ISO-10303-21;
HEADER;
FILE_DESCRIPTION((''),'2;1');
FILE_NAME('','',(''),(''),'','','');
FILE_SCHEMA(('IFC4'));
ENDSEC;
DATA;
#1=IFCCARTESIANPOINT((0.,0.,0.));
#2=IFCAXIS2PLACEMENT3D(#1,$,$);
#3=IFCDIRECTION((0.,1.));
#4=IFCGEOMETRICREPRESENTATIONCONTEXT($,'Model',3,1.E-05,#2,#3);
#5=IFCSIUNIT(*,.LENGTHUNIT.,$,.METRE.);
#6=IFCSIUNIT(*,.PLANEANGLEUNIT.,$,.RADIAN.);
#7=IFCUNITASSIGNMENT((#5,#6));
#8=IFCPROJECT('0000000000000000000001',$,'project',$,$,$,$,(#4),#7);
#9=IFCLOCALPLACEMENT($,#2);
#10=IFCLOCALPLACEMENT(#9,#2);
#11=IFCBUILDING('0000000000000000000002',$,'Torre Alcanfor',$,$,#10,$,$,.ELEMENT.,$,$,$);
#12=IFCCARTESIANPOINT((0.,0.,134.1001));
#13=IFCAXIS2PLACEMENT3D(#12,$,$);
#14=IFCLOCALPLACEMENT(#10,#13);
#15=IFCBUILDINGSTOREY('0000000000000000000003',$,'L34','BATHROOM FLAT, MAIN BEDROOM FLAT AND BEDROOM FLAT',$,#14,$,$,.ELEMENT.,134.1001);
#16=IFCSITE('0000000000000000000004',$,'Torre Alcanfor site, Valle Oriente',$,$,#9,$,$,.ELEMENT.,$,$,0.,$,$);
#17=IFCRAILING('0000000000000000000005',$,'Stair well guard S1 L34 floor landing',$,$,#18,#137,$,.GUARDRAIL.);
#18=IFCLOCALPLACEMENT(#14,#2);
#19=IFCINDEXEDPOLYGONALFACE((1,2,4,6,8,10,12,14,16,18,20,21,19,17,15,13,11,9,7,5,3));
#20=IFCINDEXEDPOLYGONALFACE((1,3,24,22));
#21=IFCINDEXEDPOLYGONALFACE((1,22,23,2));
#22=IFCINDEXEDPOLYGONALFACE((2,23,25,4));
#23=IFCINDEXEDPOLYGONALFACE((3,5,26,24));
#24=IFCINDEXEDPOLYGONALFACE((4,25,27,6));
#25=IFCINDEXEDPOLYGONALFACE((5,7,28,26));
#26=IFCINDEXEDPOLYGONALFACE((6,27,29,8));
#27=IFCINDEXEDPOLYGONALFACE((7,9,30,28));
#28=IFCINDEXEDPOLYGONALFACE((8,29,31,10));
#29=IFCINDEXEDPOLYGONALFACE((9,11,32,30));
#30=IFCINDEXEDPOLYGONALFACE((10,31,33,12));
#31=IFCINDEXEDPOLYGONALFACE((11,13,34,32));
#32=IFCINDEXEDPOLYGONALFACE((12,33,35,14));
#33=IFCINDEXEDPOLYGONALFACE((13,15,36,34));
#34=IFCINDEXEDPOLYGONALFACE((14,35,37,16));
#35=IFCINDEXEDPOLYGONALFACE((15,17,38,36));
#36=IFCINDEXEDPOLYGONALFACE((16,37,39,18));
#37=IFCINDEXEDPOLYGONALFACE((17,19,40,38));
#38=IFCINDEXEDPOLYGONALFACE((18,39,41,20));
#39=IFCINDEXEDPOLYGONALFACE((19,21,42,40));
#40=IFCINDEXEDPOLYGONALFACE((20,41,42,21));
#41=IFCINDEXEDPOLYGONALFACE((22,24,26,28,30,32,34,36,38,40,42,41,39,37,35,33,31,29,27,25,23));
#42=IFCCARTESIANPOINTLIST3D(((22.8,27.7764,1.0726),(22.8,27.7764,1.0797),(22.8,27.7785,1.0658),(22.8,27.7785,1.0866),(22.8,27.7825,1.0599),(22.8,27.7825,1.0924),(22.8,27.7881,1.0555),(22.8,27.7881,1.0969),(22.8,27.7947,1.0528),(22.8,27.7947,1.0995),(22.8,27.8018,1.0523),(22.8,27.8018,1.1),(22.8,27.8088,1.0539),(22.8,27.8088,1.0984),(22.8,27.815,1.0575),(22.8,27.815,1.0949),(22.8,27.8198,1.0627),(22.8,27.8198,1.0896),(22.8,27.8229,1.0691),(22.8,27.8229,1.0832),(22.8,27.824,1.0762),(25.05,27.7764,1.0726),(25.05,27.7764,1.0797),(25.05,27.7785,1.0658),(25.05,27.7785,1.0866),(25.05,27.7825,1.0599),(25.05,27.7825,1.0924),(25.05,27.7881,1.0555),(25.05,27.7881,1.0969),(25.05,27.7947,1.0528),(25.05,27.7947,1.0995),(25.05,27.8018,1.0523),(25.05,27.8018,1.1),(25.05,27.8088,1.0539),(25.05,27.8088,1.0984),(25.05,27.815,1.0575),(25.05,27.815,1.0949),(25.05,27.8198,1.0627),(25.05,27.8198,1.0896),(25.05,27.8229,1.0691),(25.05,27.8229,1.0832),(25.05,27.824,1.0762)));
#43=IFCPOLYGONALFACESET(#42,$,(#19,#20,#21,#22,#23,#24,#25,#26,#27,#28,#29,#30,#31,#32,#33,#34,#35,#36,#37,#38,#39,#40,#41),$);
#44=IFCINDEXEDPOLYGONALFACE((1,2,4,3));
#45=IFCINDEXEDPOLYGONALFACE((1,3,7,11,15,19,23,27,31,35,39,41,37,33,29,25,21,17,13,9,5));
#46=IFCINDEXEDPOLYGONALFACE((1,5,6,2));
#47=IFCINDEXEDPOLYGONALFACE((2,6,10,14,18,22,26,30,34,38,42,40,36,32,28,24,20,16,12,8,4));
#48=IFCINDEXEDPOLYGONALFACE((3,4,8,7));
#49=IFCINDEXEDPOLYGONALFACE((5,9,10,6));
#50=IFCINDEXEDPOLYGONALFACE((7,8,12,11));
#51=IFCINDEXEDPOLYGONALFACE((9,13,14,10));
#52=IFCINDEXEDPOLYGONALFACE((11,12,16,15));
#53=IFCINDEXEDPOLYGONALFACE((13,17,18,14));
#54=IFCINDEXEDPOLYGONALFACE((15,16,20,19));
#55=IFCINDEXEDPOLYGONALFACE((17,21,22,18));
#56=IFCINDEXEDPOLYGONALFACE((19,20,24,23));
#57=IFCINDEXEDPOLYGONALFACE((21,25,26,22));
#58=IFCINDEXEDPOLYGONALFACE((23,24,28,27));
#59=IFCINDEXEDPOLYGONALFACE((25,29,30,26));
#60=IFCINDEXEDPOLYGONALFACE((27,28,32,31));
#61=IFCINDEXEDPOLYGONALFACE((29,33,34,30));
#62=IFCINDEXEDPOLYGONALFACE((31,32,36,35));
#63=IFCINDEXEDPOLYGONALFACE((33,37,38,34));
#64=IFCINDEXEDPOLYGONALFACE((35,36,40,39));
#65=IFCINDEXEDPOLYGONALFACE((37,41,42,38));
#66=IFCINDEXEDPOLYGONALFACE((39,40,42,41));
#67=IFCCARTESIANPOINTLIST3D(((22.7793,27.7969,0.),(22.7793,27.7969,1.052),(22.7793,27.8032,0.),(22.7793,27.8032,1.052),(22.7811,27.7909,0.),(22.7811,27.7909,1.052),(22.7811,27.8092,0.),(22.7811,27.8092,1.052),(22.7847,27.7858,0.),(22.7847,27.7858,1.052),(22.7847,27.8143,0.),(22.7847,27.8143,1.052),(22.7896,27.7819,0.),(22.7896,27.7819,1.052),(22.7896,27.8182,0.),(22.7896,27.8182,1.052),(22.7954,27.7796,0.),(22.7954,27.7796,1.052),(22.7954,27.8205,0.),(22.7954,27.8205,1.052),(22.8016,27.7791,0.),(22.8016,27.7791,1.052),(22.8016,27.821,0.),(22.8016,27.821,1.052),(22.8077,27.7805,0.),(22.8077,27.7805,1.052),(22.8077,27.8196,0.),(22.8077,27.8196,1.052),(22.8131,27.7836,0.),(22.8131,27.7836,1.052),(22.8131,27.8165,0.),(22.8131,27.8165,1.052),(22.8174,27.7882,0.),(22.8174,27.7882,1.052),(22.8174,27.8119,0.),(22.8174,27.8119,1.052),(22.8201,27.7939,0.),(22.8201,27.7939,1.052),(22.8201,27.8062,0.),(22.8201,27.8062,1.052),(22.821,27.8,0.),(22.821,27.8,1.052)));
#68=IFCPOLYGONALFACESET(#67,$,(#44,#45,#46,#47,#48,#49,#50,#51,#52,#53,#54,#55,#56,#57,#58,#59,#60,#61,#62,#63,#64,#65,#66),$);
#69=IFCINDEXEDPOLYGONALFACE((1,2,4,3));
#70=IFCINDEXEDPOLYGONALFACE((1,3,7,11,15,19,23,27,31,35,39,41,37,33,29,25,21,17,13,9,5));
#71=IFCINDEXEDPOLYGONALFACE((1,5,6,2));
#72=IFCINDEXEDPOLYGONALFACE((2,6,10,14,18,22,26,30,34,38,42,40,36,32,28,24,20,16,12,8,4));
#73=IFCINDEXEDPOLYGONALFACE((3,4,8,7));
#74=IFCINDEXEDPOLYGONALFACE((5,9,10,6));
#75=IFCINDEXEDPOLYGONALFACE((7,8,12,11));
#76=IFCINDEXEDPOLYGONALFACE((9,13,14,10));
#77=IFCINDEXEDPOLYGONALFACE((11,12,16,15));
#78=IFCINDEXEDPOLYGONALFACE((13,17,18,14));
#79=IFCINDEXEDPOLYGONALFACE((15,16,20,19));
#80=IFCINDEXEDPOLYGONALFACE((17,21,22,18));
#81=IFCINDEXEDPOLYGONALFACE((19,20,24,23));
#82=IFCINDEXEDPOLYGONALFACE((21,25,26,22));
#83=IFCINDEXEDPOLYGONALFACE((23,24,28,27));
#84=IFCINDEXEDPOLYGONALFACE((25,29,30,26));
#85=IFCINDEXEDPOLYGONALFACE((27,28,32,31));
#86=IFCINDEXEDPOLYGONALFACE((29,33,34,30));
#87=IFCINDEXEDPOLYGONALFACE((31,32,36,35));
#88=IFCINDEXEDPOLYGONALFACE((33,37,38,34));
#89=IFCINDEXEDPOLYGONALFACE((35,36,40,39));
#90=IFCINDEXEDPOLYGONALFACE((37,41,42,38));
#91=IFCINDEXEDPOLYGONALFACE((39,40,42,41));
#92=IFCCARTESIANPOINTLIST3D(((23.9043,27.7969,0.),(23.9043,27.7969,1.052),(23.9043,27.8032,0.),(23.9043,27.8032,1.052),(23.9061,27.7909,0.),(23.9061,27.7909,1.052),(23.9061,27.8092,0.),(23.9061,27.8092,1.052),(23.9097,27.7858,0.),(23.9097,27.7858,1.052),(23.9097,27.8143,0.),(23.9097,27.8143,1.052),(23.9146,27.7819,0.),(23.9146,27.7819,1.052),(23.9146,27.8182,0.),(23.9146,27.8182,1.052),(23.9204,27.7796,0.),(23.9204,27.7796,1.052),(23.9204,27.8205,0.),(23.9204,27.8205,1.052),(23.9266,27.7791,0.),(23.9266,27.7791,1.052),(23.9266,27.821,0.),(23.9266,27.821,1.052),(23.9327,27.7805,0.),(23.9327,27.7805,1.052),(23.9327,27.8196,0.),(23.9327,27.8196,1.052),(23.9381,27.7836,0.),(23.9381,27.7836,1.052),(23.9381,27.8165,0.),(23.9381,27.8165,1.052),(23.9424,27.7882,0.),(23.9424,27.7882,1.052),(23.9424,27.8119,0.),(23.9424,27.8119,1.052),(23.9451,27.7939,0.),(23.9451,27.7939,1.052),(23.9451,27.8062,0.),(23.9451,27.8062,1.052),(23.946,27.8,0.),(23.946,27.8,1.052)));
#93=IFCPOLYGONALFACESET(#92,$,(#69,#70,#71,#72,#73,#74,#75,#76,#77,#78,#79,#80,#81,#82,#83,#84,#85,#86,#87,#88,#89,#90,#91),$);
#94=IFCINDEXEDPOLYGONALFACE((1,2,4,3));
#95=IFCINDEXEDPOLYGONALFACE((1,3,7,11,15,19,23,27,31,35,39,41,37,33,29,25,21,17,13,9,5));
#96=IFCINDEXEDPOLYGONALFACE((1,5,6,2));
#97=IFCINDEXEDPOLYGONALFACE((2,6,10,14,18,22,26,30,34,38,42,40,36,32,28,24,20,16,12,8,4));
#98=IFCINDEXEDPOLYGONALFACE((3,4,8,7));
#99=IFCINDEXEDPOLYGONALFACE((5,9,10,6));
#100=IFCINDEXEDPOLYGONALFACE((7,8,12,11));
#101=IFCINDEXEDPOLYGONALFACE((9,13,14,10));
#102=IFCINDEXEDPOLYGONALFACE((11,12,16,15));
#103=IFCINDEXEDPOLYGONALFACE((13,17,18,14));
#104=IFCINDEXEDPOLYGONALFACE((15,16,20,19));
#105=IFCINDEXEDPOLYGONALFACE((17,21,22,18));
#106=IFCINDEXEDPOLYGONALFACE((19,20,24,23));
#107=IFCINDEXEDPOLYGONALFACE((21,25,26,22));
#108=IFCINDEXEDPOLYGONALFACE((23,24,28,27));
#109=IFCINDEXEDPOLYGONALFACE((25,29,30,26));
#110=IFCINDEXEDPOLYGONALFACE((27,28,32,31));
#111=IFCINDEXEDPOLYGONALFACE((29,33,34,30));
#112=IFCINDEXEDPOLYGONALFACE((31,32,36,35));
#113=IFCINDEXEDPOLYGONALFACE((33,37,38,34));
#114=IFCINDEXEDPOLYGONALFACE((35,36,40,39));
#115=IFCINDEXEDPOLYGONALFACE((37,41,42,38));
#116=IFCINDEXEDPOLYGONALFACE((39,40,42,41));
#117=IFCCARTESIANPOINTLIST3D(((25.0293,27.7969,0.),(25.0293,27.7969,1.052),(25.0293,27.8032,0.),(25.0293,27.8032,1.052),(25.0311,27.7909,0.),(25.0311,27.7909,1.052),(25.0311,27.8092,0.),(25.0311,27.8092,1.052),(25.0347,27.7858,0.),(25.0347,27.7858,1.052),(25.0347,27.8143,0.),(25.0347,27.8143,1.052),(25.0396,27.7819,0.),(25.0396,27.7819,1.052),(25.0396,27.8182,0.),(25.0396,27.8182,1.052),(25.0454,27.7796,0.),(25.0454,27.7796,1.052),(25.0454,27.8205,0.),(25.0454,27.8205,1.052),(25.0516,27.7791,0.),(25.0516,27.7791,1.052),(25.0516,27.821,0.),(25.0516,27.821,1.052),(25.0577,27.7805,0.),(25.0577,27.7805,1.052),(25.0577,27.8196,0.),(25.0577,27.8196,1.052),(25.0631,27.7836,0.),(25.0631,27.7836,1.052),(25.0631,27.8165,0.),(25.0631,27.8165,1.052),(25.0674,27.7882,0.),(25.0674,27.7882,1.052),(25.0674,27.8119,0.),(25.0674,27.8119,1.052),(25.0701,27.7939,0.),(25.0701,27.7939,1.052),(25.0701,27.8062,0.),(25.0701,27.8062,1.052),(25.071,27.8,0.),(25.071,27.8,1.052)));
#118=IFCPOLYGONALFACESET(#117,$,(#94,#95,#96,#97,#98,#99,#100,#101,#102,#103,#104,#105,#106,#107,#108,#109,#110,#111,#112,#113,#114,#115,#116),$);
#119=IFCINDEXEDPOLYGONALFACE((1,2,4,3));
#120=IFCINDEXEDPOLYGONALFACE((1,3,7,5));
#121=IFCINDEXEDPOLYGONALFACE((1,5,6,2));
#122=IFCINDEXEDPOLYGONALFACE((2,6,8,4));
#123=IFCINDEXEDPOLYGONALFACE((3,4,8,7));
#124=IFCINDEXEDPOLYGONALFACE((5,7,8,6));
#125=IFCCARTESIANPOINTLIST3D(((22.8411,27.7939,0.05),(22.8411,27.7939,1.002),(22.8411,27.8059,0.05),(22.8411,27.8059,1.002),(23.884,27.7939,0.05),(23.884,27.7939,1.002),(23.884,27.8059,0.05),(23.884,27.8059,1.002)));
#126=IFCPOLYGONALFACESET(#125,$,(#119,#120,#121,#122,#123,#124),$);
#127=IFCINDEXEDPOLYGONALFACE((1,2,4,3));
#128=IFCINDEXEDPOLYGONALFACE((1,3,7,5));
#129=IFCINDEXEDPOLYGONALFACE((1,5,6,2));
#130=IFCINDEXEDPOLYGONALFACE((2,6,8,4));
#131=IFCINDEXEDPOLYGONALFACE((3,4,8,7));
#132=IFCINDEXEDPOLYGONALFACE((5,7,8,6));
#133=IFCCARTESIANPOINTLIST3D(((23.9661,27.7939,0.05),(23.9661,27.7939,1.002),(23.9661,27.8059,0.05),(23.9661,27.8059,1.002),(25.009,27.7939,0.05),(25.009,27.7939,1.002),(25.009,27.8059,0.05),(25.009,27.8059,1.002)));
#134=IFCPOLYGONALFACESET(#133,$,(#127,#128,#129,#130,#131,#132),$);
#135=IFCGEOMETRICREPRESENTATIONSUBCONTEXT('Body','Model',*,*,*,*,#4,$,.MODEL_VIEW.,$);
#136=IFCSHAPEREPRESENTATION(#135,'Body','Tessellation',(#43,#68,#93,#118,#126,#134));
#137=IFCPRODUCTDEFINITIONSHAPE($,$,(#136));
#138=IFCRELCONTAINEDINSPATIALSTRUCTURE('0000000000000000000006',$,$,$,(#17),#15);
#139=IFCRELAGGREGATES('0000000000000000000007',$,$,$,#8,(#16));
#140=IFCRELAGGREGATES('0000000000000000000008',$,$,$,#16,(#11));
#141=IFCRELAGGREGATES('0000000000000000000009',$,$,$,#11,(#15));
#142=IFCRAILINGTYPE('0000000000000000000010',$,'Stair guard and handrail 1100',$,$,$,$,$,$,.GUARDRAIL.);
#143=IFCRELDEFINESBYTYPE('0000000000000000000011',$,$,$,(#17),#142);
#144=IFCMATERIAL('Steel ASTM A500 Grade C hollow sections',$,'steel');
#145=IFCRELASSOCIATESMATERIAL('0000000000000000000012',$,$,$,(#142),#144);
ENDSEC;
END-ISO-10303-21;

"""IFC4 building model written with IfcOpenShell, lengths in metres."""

from ifc_helpers import new_model, si_unit, direction, frame, origin, origin_2d, place, context, subcontext, project, spatial, polyline, circle, outline, extrude, material, type_object, element, save


model = new_model("IFC4")

# Units and contexts
model_context = context("Model", 3, precision=1e-05, world=origin(), true_north=direction((0.0, 1.0)))
body_context = subcontext(model_context, "Body", "Model", "MODEL_VIEW")
ifc_project = project(units=[si_unit("LENGTHUNIT", "METRE"), si_unit("PLANEANGLEUNIT", "RADIAN")], contexts=[model_context])

# Site, building, storey
site_placement = place(None, origin())
site = spatial("IfcSite", under=ifc_project, at=site_placement, Name="Torre Alcanfor site, Valle Oriente", CompositionType="ELEMENT", RefElevation=0.0)
building_placement = place(site_placement, origin())
building = spatial("IfcBuilding", under=site, at=building_placement, Name="Torre Alcanfor", CompositionType="ELEMENT")
storey_placement = place(building_placement, frame((0.0, 0.0, 134.1001)))
storey = spatial("IfcBuildingStorey", under=building, at=storey_placement, Name="L34", Description="BATHROOM FLAT, MAIN BEDROOM FLAT AND BEDROOM FLAT", CompositionType="ELEMENT", Elevation=134.1001)

# Railing
ifc_material_1 = material(Name="Steel ASTM A500 Grade C hollow sections", Category="steel")
railing_type_1 = type_object("IfcRailingType", Name="Stair guard and handrail 1100", PredefinedType="GUARDRAIL", material=ifc_material_1)
railing_1_placement = place(storey_placement, frame((22.8, 27.8, 0.0)))
element("IfcRailing", 1, at=railing_1_placement, inside=storey, type_object=railing_type_1, Name="Stair well guard S1 L34 floor landing", PredefinedType="GUARDRAIL", context=body_context, shape_type="SweptSolid", body=[
    extrude(circle(Radius=0.0239, at=origin_2d()), frame((0.0, 0.0, 1.0762), z_axis=(1.0, 0.0, 0.0), x_axis=(0.0, 1.0, 0.0)), (0.0, 0.0, 1.0), 2.25),
    extrude(circle(Radius=0.021, at=origin_2d()), origin(), (0.0, 0.0, 1.0), 1.052),
    extrude(circle(Radius=0.021, at=origin_2d()), frame((1.125, 0.0, 0.0)), (0.0, 0.0, 1.0), 1.052),
    extrude(circle(Radius=0.021, at=origin_2d()), frame((2.25, 0.0, 0.0)), (0.0, 0.0, 1.0), 1.052),
    extrude(outline(polyline([(0.041, 0.05), (1.084, 0.05), (1.084, 1.002), (0.041, 1.002), (0.041, 0.05)])), frame((0.0, 0.0059, 0.0), z_axis=(0.0, -1.0, 0.0), x_axis=(1.0, 0.0, 0.0)), (0.0, 0.0, 1.0), 0.012),
    extrude(outline(polyline([(1.166, 0.05), (2.209, 0.05), (2.209, 1.002), (1.166, 1.002), (1.166, 0.05)])), frame((0.0, 0.0059, 0.0), z_axis=(0.0, -1.0, 0.0), x_axis=(1.0, 0.0, 0.0)), (0.0, 0.0, 1.0), 0.012),
])

save(model, "model.ifc")
